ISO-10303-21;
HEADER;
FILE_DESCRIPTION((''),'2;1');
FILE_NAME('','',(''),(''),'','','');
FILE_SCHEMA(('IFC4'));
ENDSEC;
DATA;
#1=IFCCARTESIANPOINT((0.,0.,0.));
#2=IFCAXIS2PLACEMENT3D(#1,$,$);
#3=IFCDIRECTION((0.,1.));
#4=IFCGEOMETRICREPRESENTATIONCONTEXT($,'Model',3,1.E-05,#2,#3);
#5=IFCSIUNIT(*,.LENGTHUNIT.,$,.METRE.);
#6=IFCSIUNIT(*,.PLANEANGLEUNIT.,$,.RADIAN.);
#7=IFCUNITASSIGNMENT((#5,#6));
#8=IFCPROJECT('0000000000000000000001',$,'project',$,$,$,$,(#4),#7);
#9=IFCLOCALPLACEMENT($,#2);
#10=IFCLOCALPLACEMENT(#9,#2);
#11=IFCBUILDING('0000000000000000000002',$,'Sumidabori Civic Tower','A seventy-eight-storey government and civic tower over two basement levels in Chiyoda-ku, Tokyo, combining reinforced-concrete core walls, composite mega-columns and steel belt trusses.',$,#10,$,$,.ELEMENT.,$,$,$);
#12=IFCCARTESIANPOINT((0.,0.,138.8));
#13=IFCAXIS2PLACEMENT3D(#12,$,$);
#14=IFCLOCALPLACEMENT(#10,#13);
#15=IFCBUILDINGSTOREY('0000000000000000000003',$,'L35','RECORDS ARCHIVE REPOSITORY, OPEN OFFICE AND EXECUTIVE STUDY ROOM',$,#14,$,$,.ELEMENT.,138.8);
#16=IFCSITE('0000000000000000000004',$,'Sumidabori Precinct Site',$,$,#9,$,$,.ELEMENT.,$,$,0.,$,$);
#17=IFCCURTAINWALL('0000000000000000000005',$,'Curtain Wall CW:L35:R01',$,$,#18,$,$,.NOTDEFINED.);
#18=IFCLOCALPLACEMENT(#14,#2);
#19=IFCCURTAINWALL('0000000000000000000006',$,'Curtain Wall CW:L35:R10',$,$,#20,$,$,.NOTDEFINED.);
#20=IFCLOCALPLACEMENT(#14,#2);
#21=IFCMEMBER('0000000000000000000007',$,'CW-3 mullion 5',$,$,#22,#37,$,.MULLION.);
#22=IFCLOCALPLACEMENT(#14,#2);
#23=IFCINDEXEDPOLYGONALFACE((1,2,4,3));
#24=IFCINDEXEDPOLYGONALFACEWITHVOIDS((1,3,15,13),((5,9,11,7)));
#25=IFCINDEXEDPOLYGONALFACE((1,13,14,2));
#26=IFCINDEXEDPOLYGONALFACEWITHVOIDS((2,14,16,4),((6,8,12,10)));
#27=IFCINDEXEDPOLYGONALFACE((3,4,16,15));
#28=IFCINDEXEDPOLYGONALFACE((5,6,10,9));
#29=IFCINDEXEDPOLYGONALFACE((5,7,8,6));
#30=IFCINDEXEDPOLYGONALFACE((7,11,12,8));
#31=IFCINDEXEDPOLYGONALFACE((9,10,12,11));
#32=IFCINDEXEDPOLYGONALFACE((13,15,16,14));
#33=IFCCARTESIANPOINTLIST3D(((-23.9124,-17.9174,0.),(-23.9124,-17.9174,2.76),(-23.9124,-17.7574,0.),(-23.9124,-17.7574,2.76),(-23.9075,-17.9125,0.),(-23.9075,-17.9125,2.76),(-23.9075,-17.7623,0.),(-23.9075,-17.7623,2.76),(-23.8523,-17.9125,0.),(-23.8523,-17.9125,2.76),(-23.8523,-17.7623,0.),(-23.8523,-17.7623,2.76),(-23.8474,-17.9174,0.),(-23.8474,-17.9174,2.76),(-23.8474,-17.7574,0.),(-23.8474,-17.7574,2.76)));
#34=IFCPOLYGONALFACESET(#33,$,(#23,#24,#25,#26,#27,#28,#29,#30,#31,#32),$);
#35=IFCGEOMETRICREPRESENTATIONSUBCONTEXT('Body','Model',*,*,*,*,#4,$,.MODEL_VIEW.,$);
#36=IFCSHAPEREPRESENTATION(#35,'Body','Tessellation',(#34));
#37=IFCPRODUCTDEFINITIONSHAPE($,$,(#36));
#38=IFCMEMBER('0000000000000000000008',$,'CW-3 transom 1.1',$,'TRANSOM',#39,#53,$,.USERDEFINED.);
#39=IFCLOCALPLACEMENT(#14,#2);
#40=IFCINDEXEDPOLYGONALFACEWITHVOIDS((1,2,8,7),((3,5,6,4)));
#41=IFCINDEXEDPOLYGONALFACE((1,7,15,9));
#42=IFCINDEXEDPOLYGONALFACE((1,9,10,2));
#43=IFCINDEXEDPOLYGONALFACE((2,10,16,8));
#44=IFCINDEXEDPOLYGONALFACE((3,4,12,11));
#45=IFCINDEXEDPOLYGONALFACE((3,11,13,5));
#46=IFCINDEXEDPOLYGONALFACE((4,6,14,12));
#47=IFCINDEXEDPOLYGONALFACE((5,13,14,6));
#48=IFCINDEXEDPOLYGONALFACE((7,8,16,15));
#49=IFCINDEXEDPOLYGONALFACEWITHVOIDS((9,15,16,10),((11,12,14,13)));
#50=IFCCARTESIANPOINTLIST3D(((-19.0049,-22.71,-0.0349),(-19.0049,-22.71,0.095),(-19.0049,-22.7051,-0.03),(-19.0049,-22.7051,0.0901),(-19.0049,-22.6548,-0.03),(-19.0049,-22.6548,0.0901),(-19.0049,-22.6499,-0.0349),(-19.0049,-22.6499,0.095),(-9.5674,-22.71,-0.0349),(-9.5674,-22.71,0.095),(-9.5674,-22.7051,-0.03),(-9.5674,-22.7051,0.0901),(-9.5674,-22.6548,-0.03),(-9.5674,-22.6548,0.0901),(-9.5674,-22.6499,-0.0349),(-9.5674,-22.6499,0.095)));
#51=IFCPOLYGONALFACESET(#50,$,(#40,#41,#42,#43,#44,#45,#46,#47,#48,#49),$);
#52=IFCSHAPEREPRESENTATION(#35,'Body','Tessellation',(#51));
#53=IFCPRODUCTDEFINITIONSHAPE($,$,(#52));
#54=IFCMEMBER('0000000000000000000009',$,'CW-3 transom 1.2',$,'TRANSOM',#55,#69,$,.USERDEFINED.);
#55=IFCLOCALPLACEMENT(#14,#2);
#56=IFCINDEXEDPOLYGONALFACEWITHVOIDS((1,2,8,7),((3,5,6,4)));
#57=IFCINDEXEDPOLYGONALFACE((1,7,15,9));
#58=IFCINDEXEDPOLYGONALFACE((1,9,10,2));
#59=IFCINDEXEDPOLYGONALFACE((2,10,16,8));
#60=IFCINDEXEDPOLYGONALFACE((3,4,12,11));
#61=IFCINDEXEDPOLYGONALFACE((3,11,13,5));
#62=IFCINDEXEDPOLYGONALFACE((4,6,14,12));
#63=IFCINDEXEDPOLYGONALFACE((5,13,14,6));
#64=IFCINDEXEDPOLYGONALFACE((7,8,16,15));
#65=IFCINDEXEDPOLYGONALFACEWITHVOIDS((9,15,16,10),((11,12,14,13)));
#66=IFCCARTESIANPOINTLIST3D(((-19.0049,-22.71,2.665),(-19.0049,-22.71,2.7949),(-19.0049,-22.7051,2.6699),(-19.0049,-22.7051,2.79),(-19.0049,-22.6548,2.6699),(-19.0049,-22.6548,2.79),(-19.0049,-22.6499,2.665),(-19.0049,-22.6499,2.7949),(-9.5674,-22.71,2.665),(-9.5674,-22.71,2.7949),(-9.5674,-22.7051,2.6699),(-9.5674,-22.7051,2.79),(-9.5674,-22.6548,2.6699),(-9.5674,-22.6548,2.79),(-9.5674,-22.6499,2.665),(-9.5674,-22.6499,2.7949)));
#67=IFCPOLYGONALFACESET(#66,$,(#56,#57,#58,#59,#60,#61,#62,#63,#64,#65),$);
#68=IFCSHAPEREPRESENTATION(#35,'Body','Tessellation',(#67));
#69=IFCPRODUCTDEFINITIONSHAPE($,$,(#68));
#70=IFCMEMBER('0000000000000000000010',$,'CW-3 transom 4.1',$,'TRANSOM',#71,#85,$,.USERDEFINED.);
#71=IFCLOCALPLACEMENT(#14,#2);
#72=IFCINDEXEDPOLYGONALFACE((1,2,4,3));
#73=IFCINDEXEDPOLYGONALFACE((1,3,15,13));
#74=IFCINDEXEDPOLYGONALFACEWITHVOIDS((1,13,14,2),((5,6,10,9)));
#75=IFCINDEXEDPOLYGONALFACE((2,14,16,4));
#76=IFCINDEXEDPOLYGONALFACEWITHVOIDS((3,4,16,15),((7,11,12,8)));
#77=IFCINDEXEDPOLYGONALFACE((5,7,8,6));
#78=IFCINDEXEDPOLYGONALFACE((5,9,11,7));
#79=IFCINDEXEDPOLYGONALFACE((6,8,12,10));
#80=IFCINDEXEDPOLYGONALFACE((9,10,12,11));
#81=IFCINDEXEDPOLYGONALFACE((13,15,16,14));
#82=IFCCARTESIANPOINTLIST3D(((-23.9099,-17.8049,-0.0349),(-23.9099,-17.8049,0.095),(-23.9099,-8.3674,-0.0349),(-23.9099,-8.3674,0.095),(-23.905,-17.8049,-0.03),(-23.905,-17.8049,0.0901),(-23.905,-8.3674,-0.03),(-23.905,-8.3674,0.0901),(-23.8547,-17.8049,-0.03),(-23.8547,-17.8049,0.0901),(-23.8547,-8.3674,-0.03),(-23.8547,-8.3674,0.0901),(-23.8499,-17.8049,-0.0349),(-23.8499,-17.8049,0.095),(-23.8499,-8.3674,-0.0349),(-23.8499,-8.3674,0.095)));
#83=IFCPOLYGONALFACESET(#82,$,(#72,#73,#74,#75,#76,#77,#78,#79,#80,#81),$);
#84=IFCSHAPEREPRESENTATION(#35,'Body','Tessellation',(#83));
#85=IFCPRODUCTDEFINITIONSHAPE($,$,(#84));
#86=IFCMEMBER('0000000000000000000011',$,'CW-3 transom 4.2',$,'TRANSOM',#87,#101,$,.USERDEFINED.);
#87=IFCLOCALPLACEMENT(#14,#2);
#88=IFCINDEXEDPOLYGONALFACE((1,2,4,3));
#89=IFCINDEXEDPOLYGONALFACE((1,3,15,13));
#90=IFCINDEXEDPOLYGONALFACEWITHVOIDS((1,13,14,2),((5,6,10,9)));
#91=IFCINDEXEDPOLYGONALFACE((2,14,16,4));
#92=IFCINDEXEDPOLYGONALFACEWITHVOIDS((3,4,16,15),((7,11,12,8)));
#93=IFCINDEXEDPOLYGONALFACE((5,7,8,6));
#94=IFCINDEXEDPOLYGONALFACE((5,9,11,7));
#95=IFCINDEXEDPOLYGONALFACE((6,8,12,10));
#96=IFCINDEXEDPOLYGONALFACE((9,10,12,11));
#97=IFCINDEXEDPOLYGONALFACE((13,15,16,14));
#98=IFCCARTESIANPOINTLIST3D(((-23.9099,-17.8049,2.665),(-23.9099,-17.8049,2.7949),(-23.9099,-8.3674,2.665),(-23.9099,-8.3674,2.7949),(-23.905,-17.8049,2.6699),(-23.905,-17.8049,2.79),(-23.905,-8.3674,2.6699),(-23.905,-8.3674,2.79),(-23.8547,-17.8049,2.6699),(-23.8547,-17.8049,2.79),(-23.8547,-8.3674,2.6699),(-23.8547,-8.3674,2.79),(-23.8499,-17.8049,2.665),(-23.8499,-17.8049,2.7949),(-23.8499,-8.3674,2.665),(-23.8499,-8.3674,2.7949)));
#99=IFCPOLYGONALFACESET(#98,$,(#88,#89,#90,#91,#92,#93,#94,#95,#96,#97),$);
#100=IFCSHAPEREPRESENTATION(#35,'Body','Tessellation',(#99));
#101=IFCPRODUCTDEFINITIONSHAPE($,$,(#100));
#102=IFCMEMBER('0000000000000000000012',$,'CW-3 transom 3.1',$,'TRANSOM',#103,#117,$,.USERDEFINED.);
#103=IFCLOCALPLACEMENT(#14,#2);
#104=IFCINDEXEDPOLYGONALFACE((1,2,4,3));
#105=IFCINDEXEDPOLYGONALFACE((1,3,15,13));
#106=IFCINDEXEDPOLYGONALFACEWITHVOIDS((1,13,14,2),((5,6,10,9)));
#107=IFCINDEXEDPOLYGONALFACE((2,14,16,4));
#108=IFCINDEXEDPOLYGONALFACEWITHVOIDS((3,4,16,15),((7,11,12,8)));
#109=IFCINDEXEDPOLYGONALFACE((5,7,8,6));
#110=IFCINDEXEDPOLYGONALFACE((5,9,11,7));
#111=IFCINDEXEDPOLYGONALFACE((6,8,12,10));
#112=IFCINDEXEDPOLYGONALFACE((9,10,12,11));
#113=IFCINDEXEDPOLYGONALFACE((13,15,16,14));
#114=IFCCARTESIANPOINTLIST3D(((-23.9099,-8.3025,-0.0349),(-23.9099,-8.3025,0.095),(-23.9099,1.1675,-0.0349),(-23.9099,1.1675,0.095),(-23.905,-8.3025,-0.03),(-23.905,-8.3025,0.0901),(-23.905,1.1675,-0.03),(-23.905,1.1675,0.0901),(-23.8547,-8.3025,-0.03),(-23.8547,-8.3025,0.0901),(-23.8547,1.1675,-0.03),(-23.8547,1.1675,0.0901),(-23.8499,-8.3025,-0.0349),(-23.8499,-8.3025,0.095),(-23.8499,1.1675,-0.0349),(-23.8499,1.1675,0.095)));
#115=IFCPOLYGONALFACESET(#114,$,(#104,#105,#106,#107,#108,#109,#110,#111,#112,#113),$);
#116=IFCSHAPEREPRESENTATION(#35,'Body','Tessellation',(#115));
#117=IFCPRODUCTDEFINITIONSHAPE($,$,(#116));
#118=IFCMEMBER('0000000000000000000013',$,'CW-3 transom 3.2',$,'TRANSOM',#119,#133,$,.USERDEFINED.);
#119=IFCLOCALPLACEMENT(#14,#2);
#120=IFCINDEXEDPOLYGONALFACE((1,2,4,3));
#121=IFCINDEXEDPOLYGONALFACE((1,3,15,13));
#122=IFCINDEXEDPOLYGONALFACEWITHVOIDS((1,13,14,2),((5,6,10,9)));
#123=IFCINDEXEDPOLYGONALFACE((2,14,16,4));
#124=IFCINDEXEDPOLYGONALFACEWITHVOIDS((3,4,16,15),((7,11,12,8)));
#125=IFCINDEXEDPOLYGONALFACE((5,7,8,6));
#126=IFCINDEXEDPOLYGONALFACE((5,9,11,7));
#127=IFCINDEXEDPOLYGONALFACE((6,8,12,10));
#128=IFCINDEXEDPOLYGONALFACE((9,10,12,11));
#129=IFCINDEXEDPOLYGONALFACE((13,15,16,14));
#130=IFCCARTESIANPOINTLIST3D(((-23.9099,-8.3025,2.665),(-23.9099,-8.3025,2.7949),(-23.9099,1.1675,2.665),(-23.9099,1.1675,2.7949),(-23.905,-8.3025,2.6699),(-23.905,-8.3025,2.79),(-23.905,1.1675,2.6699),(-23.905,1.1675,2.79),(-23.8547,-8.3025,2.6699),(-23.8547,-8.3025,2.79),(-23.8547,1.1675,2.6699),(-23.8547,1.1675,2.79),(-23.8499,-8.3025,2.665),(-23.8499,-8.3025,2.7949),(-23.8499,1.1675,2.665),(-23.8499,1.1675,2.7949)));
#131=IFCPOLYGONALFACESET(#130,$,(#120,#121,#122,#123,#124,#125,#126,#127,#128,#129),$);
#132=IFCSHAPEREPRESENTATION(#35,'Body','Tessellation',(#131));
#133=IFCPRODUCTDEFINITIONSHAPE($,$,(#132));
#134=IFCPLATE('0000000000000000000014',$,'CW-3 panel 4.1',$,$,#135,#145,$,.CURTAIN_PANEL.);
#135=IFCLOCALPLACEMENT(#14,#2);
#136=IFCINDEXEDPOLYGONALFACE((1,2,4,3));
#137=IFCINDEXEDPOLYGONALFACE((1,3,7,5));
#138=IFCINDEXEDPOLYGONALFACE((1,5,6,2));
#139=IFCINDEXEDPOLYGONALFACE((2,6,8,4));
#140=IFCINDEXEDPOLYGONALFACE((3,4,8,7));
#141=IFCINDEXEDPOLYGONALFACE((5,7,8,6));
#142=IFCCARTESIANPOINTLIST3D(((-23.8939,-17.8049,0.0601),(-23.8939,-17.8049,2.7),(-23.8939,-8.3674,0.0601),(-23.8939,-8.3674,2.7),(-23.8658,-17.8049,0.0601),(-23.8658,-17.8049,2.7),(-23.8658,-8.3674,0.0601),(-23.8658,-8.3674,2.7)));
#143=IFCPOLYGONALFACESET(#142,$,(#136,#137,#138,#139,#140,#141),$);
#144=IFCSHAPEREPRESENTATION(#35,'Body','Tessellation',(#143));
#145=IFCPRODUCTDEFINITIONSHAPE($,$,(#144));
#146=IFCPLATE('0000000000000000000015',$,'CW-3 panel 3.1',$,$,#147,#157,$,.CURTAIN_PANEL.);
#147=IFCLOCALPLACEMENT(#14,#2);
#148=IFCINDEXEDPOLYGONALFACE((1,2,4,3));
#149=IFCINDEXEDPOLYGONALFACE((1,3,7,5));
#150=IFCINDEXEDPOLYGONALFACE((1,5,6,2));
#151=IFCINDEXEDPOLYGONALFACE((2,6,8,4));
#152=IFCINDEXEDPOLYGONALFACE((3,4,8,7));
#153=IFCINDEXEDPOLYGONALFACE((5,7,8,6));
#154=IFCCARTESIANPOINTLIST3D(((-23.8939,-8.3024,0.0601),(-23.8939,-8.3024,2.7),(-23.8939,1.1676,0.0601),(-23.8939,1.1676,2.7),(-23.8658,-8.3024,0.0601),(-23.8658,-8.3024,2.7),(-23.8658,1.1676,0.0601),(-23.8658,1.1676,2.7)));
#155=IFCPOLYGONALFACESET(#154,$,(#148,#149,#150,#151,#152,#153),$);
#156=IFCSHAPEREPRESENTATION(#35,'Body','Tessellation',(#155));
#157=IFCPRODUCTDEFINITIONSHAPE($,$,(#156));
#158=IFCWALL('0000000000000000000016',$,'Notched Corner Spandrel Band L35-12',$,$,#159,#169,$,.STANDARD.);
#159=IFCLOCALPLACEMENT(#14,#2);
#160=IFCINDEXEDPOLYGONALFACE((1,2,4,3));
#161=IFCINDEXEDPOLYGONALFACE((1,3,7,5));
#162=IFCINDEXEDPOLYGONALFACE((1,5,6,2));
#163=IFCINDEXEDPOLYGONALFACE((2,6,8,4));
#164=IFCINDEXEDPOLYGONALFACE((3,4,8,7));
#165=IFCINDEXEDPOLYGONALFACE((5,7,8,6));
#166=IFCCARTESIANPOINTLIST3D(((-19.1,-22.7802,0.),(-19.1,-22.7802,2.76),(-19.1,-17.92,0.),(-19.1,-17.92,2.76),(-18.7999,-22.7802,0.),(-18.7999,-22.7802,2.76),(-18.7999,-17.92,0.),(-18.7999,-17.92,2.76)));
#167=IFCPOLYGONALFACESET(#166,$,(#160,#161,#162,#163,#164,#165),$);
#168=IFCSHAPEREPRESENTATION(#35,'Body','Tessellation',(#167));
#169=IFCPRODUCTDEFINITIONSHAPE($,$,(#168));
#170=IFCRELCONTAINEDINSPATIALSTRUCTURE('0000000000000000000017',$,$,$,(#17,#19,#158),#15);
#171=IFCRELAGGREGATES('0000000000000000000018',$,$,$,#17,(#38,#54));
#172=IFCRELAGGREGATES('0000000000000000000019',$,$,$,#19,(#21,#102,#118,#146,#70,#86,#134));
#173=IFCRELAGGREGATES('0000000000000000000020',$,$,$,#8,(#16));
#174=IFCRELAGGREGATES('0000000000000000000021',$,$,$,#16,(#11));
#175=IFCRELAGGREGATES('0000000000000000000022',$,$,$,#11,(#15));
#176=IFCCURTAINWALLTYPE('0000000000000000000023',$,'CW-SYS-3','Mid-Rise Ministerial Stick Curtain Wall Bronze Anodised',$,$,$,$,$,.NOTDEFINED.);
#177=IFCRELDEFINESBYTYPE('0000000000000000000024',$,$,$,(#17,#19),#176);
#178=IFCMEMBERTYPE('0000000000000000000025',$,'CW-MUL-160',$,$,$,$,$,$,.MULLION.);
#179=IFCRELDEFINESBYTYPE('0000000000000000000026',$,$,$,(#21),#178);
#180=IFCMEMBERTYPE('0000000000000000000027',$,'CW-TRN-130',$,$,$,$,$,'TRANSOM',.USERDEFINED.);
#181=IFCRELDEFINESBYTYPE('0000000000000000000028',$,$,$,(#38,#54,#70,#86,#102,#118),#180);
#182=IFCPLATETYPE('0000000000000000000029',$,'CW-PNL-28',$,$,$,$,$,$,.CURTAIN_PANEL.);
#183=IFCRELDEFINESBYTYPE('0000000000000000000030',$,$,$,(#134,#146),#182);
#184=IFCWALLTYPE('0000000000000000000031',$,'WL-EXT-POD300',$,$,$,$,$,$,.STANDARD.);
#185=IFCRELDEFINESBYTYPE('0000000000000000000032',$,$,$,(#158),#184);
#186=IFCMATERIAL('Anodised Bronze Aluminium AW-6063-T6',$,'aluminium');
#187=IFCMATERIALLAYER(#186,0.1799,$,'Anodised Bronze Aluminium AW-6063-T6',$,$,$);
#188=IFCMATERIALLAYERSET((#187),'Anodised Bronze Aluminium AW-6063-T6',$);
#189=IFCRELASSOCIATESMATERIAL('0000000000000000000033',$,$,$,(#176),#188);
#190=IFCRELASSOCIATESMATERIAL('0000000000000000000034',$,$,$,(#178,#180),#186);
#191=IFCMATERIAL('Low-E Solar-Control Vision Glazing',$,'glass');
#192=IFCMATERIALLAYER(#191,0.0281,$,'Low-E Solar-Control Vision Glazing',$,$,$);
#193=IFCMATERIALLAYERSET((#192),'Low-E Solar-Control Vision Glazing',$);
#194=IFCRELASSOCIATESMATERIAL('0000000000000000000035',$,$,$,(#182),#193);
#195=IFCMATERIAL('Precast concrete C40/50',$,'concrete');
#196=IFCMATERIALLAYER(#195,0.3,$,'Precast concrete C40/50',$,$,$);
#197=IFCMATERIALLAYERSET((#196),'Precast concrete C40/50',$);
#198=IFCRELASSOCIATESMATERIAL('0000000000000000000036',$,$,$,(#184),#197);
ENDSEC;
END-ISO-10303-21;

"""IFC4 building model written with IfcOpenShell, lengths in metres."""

from ifc_helpers import new_model, si_unit, direction, frame, frame_2d, origin, origin_2d, place, context, subcontext, project, spatial, rectangle, hollow_rectangle, extrude, source, transform, mapped, material, layer, layer_set, material_profile, profile_set, type_object, element, aggregate, save


model = new_model("IFC4")

# Units and contexts
model_context = context("Model", 3, precision=1e-05, world=origin(), true_north=direction((0.0, 1.0)))
body_context = subcontext(model_context, "Body", "Model", "MODEL_VIEW")
ifc_project = project(units=[si_unit("LENGTHUNIT", "METRE"), si_unit("PLANEANGLEUNIT", "RADIAN")], contexts=[model_context])

# Site, building, storey
site_placement = place(None, origin())
site = spatial("IfcSite", under=ifc_project, at=site_placement, Name="Sumidabori Precinct Site", CompositionType="ELEMENT", RefElevation=0.0)
building_placement = place(site_placement, origin())
building = spatial("IfcBuilding", under=site, at=building_placement, Name="Sumidabori Civic Tower", Description="A seventy-eight-storey government and civic tower over two basement levels in Chiyoda-ku, Tokyo, combining reinforced-concrete core walls, composite mega-columns and steel belt trusses.", CompositionType="ELEMENT")
storey_placement = place(building_placement, frame((0.0, 0.0, 138.8)))
storey = spatial("IfcBuildingStorey", under=building, at=storey_placement, Name="L35", Description="RECORDS ARCHIVE REPOSITORY, OPEN OFFICE AND EXECUTIVE STUDY ROOM", CompositionType="ELEMENT", Elevation=138.8)

# Curtain wall
ifc_material_1 = material(Name="Anodised Bronze Aluminium AW-6063-T6", Category="aluminium")
ifc_layer_1 = layer(ifc_material_1, 0.1799, Name="Anodised Bronze Aluminium AW-6063-T6")
ifc_layer_set_1 = layer_set([ifc_layer_1], Name="Anodised Bronze Aluminium AW-6063-T6")
curtain_wall_type = type_object("IfcCurtainWallType", Name="CW-SYS-3", Description="Mid-Rise Ministerial Stick Curtain Wall Bronze Anodised", PredefinedType="NOTDEFINED", material=ifc_layer_set_1)
curtain_wall_1_placement = place(storey_placement, origin())
curtain_wall_1 = element("IfcCurtainWall", 1, at=curtain_wall_1_placement, inside=storey, type_object=curtain_wall_type, Name="Curtain Wall CW:L35:R01", PredefinedType="NOTDEFINED")
ifc_material_profile_1 = material_profile(ifc_material_1, hollow_rectangle(XDim=0.0649, YDim=0.1599, WallThickness=0.0049, at=origin_2d()), Name="ALU MULLION 160x65")
ifc_profile_set_1 = profile_set([ifc_material_profile_1], Name="Anodised Bronze Aluminium AW-6063-T6")
member_type_1 = type_object("IfcMemberType", Name="CW-MUL-160", PredefinedType="MULLION", material=ifc_profile_set_1)
shared_shape_1 = source(origin(), body_context, "Body", "SweptSolid", [
    extrude(hollow_rectangle(XDim=0.0649, YDim=0.1599, WallThickness=0.0049, at=origin_2d()), origin(), (0.0, 0.0, 1.0), 2.76),
])

# Curtain wall, member
curtain_wall_2_placement = place(storey_placement, origin())
curtain_wall_2 = element("IfcCurtainWall", 2, at=curtain_wall_2_placement, inside=storey, type_object=curtain_wall_type, Name="Curtain Wall CW:L35:R10", PredefinedType="NOTDEFINED")
member_1_placement = place(storey_placement, frame((-23.8799, -17.8374, 0.0), z_axis=(0.0, 0.0, 1.0), x_axis=(1.0, 0.0, 0.0)))
member_1 = element("IfcMember", 3, at=member_1_placement, type_object=member_type_1, Name="CW-3 mullion 5", PredefinedType="MULLION", context=body_context, shape_type="MappedRepresentation", body=[
    mapped(shared_shape_1, transform((0.0, 0.0, 0.0), x_axis=(1.0, 0.0, 0.0), y_axis=(0.0, 1.0, 0.0), z_axis=(0.0, 0.0, 1.0), scale=1.0)),
])

# Members
ifc_material_profile_2 = material_profile(ifc_material_1, hollow_rectangle(XDim=0.0601, YDim=0.1299, WallThickness=0.0049, at=origin_2d()), Name="ALU TRANSOM 130x60")
ifc_profile_set_2 = profile_set([ifc_material_profile_2], Name="Anodised Bronze Aluminium AW-6063-T6")
member_type_2 = type_object("IfcMemberType", Name="CW-TRN-130", ElementType="TRANSOM", PredefinedType="USERDEFINED", material=ifc_profile_set_2)
shared_shape_2 = source(origin(), body_context, "Body", "SweptSolid", [
    extrude(hollow_rectangle(XDim=0.0601, YDim=0.1299, WallThickness=0.0049, at=origin_2d()), origin(), (0.0, 0.0, 1.0), 9.4375),
])
member_2_placement = place(storey_placement, frame((-19.0049, -22.6799, 0.03), z_axis=(1.0, 0.0, 0.0), x_axis=(0.0, 1.0, 0.0)))
member_2 = element("IfcMember", 4, at=member_2_placement, type_object=member_type_2, Name="CW-3 transom 1.1", ObjectType="TRANSOM", PredefinedType="USERDEFINED", context=body_context, shape_type="MappedRepresentation", body=[
    mapped(shared_shape_2, transform((0.0, 0.0, 0.0), x_axis=(1.0, 0.0, 0.0), y_axis=(0.0, 1.0, 0.0), z_axis=(0.0, 0.0, 1.0), scale=1.0)),
])
member_3_placement = place(storey_placement, frame((-19.0049, -22.6799, 2.73), z_axis=(1.0, 0.0, 0.0), x_axis=(0.0, 1.0, 0.0)))
member_3 = element("IfcMember", 5, at=member_3_placement, type_object=member_type_2, Name="CW-3 transom 1.2", ObjectType="TRANSOM", PredefinedType="USERDEFINED", context=body_context, shape_type="MappedRepresentation", body=[
    mapped(shared_shape_2, transform((0.0, 0.0, 0.0), x_axis=(1.0, 0.0, 0.0), y_axis=(0.0, 1.0, 0.0), z_axis=(0.0, 0.0, 1.0), scale=1.0)),
])
aggregate(curtain_wall_1, [member_2, member_3])
member_4_placement = place(storey_placement, frame((-23.8799, -8.3674, 0.03), z_axis=(0.0, -1.0, 0.0), x_axis=(1.0, 0.0, 0.0)))
member_4 = element("IfcMember", 6, at=member_4_placement, type_object=member_type_2, Name="CW-3 transom 4.1", ObjectType="TRANSOM", PredefinedType="USERDEFINED", context=body_context, shape_type="MappedRepresentation", body=[
    mapped(shared_shape_2, transform((0.0, 0.0, 0.0), x_axis=(1.0, 0.0, 0.0), y_axis=(0.0, 1.0, 0.0), z_axis=(0.0, 0.0, 1.0), scale=1.0)),
])
member_5_placement = place(storey_placement, frame((-23.8799, -8.3674, 2.73), z_axis=(0.0, -1.0, 0.0), x_axis=(1.0, 0.0, 0.0)))
member_5 = element("IfcMember", 7, at=member_5_placement, type_object=member_type_2, Name="CW-3 transom 4.2", ObjectType="TRANSOM", PredefinedType="USERDEFINED", context=body_context, shape_type="MappedRepresentation", body=[
    mapped(shared_shape_2, transform((0.0, 0.0, 0.0), x_axis=(1.0, 0.0, 0.0), y_axis=(0.0, 1.0, 0.0), z_axis=(0.0, 0.0, 1.0), scale=1.0)),
])
shared_shape_3 = source(origin(), body_context, "Body", "SweptSolid", [
    extrude(hollow_rectangle(XDim=0.0601, YDim=0.1299, WallThickness=0.0049, at=origin_2d()), origin(), (0.0, 0.0, 1.0), 9.47),
])
member_6_placement = place(storey_placement, frame((-23.8799, 1.1675, 0.03), z_axis=(0.0, -1.0, 0.0), x_axis=(1.0, 0.0, 0.0)))
member_6 = element("IfcMember", 8, at=member_6_placement, type_object=member_type_2, Name="CW-3 transom 3.1", ObjectType="TRANSOM", PredefinedType="USERDEFINED", context=body_context, shape_type="MappedRepresentation", body=[
    mapped(shared_shape_3, transform((0.0, 0.0, 0.0), x_axis=(1.0, 0.0, 0.0), y_axis=(0.0, 1.0, 0.0), z_axis=(0.0, 0.0, 1.0), scale=1.0)),
])
member_7_placement = place(storey_placement, frame((-23.8799, 1.1675, 2.73), z_axis=(0.0, -1.0, 0.0), x_axis=(1.0, 0.0, 0.0)))
member_7 = element("IfcMember", 9, at=member_7_placement, type_object=member_type_2, Name="CW-3 transom 3.2", ObjectType="TRANSOM", PredefinedType="USERDEFINED", context=body_context, shape_type="MappedRepresentation", body=[
    mapped(shared_shape_3, transform((0.0, 0.0, 0.0), x_axis=(1.0, 0.0, 0.0), y_axis=(0.0, 1.0, 0.0), z_axis=(0.0, 0.0, 1.0), scale=1.0)),
])

# Plates
ifc_material_2 = material(Name="Low-E Solar-Control Vision Glazing", Category="glass")
ifc_layer_2 = layer(ifc_material_2, 0.0281, Name="Low-E Solar-Control Vision Glazing")
ifc_layer_set_2 = layer_set([ifc_layer_2], Name="Low-E Solar-Control Vision Glazing")
plate_type = type_object("IfcPlateType", Name="CW-PNL-28", PredefinedType="CURTAIN_PANEL", material=ifc_layer_set_2)
shared_shape_4 = source(origin(), body_context, "Body", "SweptSolid", [
    extrude(rectangle(XDim=9.4375, YDim=0.0281, at=origin_2d()), origin(), (0.0, 0.0, 1.0), 2.6399),
])
plate_1_placement = place(storey_placement, frame((-23.8799, -13.0862, 0.0601), z_axis=(0.0, 0.0, 1.0), x_axis=(0.0, -1.0, 0.0)))
plate_1 = element("IfcPlate", 10, at=plate_1_placement, type_object=plate_type, Name="CW-3 panel 4.1", PredefinedType="CURTAIN_PANEL", context=body_context, shape_type="MappedRepresentation", body=[
    mapped(shared_shape_4, transform((0.0, 0.0, 0.0), x_axis=(1.0, 0.0, 0.0), y_axis=(0.0, 1.0, 0.0), z_axis=(0.0, 0.0, 1.0), scale=1.0)),
])
shared_shape_5 = source(origin(), body_context, "Body", "SweptSolid", [
    extrude(rectangle(XDim=9.47, YDim=0.0281, at=origin_2d()), origin(), (0.0, 0.0, 1.0), 2.6399),
])
plate_2_placement = place(storey_placement, frame((-23.8799, -3.5674, 0.0601), z_axis=(0.0, 0.0, 1.0), x_axis=(0.0, -1.0, 0.0)))
plate_2 = element("IfcPlate", 11, at=plate_2_placement, type_object=plate_type, Name="CW-3 panel 3.1", PredefinedType="CURTAIN_PANEL", context=body_context, shape_type="MappedRepresentation", body=[
    mapped(shared_shape_5, transform((0.0, 0.0, 0.0), x_axis=(1.0, 0.0, 0.0), y_axis=(0.0, 1.0, 0.0), z_axis=(0.0, 0.0, 1.0), scale=1.0)),
])
aggregate(curtain_wall_2, [member_1, member_6, member_7, plate_2, member_4, member_5, plate_1])

# Wall
ifc_material_3 = material(Name="Precast concrete C40/50", Category="concrete")
ifc_layer_3 = layer(ifc_material_3, 0.3, Name="Precast concrete C40/50")
ifc_layer_set_3 = layer_set([ifc_layer_3], Name="Precast concrete C40/50")
wall_type = type_object("IfcWallType", Name="WL-EXT-POD300", PredefinedType="STANDARD", material=ifc_layer_set_3)
shared_shape_6 = source(origin(), body_context, "Body", "SweptSolid", [
    extrude(rectangle(XDim=4.8601, YDim=0.3, at=frame_2d((2.4302, 0.0))), origin(), (0.0, 0.0, 1.0), 2.76),
])
wall_1_placement = place(storey_placement, frame((-18.95, -17.9199, 0.0), z_axis=(0.0, 0.0, 1.0), x_axis=(0.0, -1.0, 0.0)))
element("IfcWall", 12, at=wall_1_placement, inside=storey, type_object=wall_type, Name="Notched Corner Spandrel Band L35-12", PredefinedType="STANDARD", context=body_context, shape_type="MappedRepresentation", body=[
    mapped(shared_shape_6, transform((0.0, 0.0, 0.0), x_axis=(1.0, 0.0, 0.0), y_axis=(0.0, 1.0, 0.0), z_axis=(0.0, 0.0, 1.0), scale=1.0)),
])

save(model, "model.ifc")
